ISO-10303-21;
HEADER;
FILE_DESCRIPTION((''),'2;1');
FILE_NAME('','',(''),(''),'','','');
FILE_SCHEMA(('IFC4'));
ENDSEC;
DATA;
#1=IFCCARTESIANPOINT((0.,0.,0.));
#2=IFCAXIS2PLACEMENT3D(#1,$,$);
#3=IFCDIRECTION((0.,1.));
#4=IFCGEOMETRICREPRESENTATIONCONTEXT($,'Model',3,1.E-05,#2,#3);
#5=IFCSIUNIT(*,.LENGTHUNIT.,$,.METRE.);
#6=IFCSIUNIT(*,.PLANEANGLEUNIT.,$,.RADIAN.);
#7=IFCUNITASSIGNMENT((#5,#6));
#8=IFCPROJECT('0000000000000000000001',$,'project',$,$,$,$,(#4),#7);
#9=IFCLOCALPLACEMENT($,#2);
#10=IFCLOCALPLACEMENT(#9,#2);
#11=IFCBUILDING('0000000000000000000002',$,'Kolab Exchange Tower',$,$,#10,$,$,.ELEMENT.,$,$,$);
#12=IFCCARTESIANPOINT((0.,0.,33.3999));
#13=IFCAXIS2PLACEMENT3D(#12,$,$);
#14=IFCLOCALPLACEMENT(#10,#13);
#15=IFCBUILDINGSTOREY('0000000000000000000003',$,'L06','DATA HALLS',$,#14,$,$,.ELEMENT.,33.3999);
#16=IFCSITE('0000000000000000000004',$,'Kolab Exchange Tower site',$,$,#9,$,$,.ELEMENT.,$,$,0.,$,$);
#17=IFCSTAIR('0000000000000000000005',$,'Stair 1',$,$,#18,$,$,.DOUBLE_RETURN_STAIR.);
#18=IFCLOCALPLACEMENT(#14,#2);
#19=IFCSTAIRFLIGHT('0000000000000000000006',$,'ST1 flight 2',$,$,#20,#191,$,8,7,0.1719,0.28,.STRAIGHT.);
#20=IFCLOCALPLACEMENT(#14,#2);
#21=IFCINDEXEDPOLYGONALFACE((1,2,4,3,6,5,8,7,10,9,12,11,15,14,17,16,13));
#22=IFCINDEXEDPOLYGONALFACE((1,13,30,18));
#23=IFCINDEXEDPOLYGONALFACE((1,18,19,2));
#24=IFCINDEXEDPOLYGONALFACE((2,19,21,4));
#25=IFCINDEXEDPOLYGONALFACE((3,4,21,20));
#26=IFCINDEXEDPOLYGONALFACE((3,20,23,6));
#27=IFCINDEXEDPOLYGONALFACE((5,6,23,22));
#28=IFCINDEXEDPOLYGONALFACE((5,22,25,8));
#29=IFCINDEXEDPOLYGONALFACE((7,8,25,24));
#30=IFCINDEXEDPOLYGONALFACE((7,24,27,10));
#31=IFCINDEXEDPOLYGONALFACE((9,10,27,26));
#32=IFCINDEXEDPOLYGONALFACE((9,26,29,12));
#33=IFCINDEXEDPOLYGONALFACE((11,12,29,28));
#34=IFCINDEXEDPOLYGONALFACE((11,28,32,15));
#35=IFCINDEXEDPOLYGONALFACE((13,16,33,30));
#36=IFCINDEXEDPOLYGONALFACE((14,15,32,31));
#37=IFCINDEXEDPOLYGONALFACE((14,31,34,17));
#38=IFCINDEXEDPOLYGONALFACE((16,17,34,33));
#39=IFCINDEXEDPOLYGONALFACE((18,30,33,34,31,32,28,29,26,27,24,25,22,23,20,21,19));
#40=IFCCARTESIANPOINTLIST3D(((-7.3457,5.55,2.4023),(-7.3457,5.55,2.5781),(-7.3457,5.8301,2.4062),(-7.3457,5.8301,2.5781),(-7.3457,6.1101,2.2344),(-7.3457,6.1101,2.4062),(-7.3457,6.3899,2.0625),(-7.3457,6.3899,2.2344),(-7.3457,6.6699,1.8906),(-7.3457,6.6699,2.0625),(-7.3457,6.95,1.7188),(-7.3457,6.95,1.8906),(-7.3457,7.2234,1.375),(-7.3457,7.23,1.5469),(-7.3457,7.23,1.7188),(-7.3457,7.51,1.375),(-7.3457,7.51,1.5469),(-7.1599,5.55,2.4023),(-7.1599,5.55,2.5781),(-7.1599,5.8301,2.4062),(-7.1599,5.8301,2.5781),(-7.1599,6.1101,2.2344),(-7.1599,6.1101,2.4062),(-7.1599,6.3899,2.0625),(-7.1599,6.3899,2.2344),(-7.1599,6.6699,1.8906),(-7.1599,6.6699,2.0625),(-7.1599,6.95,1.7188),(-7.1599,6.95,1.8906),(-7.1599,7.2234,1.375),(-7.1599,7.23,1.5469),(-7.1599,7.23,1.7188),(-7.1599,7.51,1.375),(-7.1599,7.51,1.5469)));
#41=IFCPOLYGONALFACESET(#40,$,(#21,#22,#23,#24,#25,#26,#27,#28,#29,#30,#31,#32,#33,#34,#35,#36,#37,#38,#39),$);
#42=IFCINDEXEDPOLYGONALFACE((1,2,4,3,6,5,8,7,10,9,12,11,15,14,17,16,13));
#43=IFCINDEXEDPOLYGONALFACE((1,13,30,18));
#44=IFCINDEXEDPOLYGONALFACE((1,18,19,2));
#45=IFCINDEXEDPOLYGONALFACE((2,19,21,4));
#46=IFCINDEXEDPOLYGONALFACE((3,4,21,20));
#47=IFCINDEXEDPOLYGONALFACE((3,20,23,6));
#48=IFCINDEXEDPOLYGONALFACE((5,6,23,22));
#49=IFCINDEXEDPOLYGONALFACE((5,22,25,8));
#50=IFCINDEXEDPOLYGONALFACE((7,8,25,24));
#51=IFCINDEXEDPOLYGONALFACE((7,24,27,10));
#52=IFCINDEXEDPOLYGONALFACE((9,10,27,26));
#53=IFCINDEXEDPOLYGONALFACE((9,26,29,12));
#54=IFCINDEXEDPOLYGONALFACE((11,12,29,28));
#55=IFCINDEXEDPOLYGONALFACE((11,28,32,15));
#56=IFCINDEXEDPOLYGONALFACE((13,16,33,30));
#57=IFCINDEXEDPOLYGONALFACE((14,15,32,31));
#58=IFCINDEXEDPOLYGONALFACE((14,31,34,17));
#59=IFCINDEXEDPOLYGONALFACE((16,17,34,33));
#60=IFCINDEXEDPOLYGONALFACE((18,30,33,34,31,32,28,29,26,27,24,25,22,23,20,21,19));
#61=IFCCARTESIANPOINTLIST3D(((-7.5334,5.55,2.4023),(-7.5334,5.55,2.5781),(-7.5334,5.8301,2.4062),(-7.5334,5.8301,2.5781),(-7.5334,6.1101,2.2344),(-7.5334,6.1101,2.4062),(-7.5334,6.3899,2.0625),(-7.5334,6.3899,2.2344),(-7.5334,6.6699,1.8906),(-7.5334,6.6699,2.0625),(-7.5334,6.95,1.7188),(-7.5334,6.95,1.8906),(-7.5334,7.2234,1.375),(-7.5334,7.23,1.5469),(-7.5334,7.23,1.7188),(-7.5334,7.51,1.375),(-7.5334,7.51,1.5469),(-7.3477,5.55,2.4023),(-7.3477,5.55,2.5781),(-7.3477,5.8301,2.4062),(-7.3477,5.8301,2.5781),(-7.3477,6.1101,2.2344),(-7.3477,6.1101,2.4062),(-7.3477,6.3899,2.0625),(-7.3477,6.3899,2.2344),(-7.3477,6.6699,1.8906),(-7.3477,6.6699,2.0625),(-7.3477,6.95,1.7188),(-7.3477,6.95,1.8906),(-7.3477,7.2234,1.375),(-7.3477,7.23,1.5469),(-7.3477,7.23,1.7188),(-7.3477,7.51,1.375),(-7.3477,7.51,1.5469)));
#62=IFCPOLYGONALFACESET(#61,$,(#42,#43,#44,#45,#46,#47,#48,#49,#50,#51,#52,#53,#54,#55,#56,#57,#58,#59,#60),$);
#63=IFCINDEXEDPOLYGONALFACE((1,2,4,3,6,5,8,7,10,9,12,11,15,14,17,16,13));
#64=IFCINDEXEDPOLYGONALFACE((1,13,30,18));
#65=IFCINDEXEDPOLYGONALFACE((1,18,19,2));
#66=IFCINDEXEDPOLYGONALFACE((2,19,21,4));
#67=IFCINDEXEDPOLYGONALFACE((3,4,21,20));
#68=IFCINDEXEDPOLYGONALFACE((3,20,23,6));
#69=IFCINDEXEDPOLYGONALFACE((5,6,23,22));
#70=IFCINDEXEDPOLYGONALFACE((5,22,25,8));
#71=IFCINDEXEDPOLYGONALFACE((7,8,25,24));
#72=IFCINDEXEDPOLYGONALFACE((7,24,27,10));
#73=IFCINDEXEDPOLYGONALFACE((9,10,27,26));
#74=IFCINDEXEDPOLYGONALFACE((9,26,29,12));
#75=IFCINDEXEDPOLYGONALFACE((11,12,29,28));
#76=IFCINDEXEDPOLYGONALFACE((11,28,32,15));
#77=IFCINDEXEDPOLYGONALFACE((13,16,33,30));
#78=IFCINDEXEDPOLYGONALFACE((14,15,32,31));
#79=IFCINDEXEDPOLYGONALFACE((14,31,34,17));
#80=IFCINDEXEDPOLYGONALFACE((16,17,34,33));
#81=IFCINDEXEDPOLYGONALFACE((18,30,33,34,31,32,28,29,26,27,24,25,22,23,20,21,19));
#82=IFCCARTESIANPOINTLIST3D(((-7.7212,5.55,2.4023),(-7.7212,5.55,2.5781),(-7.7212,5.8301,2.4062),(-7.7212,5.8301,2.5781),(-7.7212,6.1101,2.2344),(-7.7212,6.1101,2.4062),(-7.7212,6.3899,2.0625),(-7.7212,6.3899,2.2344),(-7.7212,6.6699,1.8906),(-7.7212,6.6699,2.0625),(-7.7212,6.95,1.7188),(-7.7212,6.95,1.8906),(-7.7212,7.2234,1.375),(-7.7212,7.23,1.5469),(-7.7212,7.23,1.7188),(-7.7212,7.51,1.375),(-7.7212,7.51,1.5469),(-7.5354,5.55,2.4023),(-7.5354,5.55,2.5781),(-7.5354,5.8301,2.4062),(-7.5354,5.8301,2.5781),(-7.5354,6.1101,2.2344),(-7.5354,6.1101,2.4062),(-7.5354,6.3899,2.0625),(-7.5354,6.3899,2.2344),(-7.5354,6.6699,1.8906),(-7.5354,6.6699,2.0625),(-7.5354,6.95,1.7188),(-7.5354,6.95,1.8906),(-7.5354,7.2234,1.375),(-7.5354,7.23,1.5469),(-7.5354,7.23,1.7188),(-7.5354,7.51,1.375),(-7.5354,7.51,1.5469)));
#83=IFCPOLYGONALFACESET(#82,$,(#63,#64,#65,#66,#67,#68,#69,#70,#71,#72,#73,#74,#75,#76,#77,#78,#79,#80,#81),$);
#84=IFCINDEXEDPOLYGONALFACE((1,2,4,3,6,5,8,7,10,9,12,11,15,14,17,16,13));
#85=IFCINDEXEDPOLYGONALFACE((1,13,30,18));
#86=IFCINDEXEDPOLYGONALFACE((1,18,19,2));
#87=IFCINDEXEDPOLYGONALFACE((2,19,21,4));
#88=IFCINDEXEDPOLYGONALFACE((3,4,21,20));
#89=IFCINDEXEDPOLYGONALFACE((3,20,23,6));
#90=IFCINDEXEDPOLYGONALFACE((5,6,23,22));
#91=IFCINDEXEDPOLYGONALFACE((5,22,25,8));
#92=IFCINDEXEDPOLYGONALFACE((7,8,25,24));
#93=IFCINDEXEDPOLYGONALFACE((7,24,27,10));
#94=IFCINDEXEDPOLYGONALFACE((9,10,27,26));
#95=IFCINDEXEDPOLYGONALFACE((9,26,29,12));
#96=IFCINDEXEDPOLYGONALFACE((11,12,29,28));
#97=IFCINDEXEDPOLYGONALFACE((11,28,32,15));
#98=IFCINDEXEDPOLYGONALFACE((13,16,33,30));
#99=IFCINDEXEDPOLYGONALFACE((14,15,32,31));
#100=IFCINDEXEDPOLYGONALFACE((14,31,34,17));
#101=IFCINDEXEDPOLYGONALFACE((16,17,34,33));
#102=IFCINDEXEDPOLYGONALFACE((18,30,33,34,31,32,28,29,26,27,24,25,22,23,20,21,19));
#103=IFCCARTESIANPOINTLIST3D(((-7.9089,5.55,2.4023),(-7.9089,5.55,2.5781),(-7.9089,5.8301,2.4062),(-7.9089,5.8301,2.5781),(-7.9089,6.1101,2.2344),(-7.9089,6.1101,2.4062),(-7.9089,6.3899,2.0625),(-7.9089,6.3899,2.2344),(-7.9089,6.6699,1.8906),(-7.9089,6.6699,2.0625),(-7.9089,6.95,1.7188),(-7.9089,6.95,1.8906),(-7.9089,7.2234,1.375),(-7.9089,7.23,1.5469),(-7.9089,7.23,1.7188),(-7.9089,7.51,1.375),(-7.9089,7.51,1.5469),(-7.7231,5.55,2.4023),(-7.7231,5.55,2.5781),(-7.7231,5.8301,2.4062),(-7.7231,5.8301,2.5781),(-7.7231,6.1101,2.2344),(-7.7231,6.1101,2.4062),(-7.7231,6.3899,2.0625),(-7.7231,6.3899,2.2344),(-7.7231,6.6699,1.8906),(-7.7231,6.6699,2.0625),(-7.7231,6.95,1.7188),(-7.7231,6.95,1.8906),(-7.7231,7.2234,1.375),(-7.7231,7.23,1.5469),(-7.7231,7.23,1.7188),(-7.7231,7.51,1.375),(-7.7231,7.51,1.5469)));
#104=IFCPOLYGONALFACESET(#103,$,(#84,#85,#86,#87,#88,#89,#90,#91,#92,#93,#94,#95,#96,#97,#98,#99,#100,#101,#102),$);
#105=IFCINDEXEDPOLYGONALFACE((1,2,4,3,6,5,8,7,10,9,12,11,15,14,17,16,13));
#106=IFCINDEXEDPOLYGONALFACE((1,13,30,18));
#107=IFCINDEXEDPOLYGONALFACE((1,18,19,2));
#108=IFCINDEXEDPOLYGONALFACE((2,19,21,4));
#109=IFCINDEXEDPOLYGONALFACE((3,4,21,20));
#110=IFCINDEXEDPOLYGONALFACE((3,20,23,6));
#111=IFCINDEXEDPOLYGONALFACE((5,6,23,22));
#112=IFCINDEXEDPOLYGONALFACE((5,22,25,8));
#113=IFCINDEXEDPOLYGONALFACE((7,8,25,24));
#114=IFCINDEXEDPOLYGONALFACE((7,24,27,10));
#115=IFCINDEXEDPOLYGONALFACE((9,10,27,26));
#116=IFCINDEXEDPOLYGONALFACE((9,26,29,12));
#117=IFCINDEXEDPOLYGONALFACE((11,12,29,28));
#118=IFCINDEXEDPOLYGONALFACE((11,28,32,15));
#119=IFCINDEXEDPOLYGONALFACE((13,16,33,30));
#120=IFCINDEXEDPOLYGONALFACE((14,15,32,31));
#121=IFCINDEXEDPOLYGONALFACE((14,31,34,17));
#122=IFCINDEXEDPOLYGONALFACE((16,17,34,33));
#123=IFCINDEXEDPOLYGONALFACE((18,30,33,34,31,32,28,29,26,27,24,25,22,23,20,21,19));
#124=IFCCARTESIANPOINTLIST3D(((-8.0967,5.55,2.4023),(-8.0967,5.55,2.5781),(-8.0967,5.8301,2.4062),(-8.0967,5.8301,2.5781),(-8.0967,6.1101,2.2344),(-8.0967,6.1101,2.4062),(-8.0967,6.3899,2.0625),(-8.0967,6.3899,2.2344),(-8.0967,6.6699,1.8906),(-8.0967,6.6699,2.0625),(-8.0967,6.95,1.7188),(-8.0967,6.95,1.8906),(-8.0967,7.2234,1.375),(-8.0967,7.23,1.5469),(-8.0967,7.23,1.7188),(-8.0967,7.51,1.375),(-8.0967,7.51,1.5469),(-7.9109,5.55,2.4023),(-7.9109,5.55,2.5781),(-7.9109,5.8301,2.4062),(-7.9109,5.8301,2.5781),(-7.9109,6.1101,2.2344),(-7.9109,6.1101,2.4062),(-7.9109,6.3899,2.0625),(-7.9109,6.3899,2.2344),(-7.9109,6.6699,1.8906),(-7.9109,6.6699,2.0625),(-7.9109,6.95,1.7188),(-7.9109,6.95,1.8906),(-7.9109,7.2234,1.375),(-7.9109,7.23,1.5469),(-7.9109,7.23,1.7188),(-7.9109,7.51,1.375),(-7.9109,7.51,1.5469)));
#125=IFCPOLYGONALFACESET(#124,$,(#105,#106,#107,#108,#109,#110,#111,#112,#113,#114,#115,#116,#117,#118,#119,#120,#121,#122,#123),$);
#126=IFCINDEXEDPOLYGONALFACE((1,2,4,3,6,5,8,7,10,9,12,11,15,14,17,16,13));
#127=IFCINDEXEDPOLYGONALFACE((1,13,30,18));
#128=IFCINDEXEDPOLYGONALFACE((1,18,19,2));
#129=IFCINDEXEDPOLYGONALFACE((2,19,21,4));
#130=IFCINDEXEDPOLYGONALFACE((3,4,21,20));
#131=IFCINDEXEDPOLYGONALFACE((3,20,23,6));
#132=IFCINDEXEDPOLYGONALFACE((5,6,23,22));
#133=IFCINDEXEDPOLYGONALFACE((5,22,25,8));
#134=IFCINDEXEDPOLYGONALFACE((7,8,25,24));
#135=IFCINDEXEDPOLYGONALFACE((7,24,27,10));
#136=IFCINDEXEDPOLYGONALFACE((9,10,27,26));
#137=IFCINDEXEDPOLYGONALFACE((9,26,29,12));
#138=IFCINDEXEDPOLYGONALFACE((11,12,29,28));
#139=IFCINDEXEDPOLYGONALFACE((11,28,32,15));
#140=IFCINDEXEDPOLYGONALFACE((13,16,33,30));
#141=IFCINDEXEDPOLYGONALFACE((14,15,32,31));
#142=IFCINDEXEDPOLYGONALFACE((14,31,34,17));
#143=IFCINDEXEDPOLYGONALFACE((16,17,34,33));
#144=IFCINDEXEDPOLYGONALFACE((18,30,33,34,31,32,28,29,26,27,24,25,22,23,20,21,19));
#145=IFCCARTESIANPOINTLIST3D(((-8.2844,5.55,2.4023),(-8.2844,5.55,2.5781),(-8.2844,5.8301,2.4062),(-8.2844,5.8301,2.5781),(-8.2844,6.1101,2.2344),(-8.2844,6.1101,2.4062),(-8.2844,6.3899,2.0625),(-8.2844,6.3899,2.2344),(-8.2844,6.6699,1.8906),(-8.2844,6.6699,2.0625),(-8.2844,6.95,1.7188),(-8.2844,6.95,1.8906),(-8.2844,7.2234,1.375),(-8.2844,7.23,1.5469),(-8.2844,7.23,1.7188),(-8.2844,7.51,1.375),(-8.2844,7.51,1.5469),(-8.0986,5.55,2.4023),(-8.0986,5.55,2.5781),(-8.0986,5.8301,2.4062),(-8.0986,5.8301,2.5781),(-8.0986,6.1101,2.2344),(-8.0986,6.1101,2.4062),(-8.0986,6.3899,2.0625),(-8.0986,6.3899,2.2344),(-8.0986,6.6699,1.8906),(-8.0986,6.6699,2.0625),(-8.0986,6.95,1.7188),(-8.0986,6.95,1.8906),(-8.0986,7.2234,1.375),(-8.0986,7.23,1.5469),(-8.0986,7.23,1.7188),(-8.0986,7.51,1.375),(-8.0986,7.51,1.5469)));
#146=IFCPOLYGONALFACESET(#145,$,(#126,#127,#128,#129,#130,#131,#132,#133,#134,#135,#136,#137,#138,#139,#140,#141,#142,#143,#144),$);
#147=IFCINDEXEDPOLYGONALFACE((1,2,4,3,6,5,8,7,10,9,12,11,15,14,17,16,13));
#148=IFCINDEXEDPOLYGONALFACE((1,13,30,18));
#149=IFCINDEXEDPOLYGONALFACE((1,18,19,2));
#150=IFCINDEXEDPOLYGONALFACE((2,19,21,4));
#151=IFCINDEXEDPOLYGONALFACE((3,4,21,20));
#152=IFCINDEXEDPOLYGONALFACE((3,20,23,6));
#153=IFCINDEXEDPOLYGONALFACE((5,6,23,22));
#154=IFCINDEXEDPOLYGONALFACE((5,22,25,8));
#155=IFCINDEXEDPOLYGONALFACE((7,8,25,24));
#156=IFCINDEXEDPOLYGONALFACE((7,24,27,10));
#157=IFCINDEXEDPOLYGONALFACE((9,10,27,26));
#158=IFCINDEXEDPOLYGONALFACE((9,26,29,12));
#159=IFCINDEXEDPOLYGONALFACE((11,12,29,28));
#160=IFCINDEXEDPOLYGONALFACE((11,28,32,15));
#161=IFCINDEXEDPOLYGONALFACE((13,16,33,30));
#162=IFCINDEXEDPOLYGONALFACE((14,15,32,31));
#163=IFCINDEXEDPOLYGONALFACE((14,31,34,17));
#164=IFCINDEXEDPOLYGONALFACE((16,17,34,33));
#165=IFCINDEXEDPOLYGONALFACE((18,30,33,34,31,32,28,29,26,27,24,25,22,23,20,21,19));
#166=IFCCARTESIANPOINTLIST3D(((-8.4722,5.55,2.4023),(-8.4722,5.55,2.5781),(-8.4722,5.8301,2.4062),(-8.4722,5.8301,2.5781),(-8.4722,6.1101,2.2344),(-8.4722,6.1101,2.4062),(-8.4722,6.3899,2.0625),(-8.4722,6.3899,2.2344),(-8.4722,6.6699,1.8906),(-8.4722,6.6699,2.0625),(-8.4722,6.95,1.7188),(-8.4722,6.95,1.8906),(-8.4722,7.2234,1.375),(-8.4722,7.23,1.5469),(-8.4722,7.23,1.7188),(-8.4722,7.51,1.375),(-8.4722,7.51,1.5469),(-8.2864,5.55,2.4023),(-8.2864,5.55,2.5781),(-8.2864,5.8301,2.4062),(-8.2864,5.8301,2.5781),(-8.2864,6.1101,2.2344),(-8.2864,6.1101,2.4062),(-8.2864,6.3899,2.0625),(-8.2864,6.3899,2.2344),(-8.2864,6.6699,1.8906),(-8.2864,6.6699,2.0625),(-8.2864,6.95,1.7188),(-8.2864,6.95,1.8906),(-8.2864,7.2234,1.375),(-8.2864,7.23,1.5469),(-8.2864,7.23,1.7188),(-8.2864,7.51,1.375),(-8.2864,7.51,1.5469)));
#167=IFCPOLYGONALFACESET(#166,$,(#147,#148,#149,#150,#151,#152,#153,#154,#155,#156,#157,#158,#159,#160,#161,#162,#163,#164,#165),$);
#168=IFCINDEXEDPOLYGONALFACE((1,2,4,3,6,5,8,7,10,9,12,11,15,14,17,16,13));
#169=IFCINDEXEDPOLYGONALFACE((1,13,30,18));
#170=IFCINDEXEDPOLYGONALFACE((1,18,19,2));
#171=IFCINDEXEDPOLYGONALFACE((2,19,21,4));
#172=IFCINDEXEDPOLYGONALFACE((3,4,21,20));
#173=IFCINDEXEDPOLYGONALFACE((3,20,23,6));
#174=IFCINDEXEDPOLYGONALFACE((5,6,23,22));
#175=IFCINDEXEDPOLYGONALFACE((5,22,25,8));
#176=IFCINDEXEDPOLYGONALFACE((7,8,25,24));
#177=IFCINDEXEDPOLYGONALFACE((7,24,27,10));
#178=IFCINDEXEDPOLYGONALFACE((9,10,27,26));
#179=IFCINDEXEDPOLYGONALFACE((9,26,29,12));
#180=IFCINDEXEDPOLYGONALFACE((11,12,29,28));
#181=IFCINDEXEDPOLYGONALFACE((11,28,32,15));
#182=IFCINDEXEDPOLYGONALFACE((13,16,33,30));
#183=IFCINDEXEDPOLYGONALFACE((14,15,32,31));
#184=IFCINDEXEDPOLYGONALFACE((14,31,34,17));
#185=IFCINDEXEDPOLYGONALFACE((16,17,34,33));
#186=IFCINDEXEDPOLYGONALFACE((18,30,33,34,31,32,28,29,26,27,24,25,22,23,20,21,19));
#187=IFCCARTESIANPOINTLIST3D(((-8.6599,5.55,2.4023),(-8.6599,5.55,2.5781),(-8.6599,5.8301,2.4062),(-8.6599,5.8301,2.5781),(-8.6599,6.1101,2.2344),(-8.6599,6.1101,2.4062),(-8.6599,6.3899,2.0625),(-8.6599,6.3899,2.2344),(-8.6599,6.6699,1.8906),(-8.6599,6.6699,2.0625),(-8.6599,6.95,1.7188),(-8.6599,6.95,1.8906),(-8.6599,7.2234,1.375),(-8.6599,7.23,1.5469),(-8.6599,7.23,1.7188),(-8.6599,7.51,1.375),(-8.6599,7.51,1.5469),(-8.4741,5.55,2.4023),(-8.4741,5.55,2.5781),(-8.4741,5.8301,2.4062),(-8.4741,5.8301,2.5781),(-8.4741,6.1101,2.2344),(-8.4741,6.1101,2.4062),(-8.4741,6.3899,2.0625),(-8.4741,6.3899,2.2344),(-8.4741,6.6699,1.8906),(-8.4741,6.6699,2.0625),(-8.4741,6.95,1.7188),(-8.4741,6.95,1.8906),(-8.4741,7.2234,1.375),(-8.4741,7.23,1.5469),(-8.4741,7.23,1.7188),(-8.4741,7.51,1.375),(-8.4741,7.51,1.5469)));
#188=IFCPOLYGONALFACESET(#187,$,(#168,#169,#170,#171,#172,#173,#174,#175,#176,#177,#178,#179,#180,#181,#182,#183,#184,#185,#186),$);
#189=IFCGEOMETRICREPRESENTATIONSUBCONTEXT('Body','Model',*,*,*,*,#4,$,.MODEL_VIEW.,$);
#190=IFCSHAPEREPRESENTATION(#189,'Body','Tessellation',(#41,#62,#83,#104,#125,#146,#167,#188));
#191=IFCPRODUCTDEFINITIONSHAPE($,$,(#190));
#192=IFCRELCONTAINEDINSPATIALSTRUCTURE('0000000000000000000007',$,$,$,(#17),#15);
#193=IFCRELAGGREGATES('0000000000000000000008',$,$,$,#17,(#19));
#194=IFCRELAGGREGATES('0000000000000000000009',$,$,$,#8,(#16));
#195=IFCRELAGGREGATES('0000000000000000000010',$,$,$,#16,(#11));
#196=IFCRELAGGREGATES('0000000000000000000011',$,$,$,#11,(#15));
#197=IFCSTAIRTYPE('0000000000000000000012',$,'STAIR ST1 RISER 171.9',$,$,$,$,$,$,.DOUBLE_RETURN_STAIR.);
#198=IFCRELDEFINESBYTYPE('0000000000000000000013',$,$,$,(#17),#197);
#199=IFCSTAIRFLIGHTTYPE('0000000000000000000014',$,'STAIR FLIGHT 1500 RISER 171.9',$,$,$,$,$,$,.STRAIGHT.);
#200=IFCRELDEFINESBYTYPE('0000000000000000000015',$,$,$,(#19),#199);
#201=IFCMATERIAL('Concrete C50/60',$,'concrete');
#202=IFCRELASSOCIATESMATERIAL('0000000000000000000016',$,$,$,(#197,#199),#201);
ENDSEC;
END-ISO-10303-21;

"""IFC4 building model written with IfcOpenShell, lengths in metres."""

from ifc_helpers import new_model, si_unit, direction, frame, origin, place, context, subcontext, project, spatial, polyline, outline, extrude, material, type_object, element, aggregate, save


model = new_model("IFC4")

# Units and contexts
model_context = context("Model", 3, precision=1e-05, world=origin(), true_north=direction((0.0, 1.0)))
body_context = subcontext(model_context, "Body", "Model", "MODEL_VIEW")
ifc_project = project(units=[si_unit("LENGTHUNIT", "METRE"), si_unit("PLANEANGLEUNIT", "RADIAN")], contexts=[model_context])

# Site, building, storey
site_placement = place(None, origin())
site = spatial("IfcSite", under=ifc_project, at=site_placement, Name="Kolab Exchange Tower site", CompositionType="ELEMENT", RefElevation=0.0)
building_placement = place(site_placement, origin())
building = spatial("IfcBuilding", under=site, at=building_placement, Name="Kolab Exchange Tower", CompositionType="ELEMENT")
storey_placement = place(building_placement, frame((0.0, 0.0, 33.3999)))
storey = spatial("IfcBuildingStorey", under=building, at=storey_placement, Name="L06", Description="DATA HALLS", CompositionType="ELEMENT", Elevation=33.3999)

# Shared definitions
ifc_material_1 = material(Name="Concrete C50/60", Category="concrete")

# Stair, stair flight
stair_type = type_object("IfcStairType", Name="STAIR ST1 RISER 171.9", PredefinedType="DOUBLE_RETURN_STAIR", material=ifc_material_1)
stair_placement = place(storey_placement, origin())
stair = element("IfcStair", 1, at=stair_placement, inside=storey, type_object=stair_type, Name="Stair 1", PredefinedType="DOUBLE_RETURN_STAIR")
stair_flight_type = type_object("IfcStairFlightType", Name="STAIR FLIGHT 1500 RISER 171.9", PredefinedType="STRAIGHT", material=ifc_material_1)
stair_flight_1_placement = place(storey_placement, frame((-7.9099, 7.51, 1.375), z_axis=(0.0, 0.0, 1.0), x_axis=(0.0, -1.0, 0.0)))
stair_flight_1 = element("IfcStairFlight", 2, at=stair_flight_1_placement, type_object=stair_flight_type, Name="ST1 flight 2", NumberOfRisers=8, NumberOfTreads=7, PredefinedType="STRAIGHT", RiserHeight=0.1719, TreadLength=0.28, context=body_context, shape_type="SweptSolid", body=[
    extrude(outline(polyline([(0.0, 0.0), (0.0, 0.1719), (0.28, 0.1719), (0.28, 0.3438), (0.5601, 0.3438), (0.5601, 0.5156), (0.8401, 0.5156), (0.8401, 0.6875), (1.1201, 0.6875), (1.1201, 0.8594), (1.3999, 0.8594), (1.3999, 1.0312), (1.6799, 1.0312), (1.6799, 1.2031), (1.96, 1.2031), (1.96, 1.375), (1.96, 1.0273), (0.2866, 0.0), (0.0, 0.0)])), frame((0.0, 0.75, 0.0), z_axis=(0.0, -1.0, 0.0), x_axis=(1.0, 0.0, 0.0)), (0.0, 0.0, 1.0), 0.1858),
    extrude(outline(polyline([(0.0, 0.0), (0.0, 0.1719), (0.28, 0.1719), (0.28, 0.3438), (0.5601, 0.3438), (0.5601, 0.5156), (0.8401, 0.5156), (0.8401, 0.6875), (1.1201, 0.6875), (1.1201, 0.8594), (1.3999, 0.8594), (1.3999, 1.0312), (1.6799, 1.0312), (1.6799, 1.2031), (1.96, 1.2031), (1.96, 1.375), (1.96, 1.0273), (0.2866, 0.0), (0.0, 0.0)])), frame((0.0, 0.5623, 0.0), z_axis=(0.0, -1.0, 0.0), x_axis=(1.0, 0.0, 0.0)), (0.0, 0.0, 1.0), 0.1858),
    extrude(outline(polyline([(0.0, 0.0), (0.0, 0.1719), (0.28, 0.1719), (0.28, 0.3438), (0.5601, 0.3438), (0.5601, 0.5156), (0.8401, 0.5156), (0.8401, 0.6875), (1.1201, 0.6875), (1.1201, 0.8594), (1.3999, 0.8594), (1.3999, 1.0312), (1.6799, 1.0312), (1.6799, 1.2031), (1.96, 1.2031), (1.96, 1.375), (1.96, 1.0273), (0.2866, 0.0), (0.0, 0.0)])), frame((0.0, 0.3745, 0.0), z_axis=(0.0, -1.0, 0.0), x_axis=(1.0, 0.0, 0.0)), (0.0, 0.0, 1.0), 0.1858),
    extrude(outline(polyline([(0.0, 0.0), (0.0, 0.1719), (0.28, 0.1719), (0.28, 0.3438), (0.5601, 0.3438), (0.5601, 0.5156), (0.8401, 0.5156), (0.8401, 0.6875), (1.1201, 0.6875), (1.1201, 0.8594), (1.3999, 0.8594), (1.3999, 1.0312), (1.6799, 1.0312), (1.6799, 1.2031), (1.96, 1.2031), (1.96, 1.375), (1.96, 1.0273), (0.2866, 0.0), (0.0, 0.0)])), frame((0.0, 0.1868, 0.0), z_axis=(0.0, -1.0, 0.0), x_axis=(1.0, 0.0, 0.0)), (0.0, 0.0, 1.0), 0.1858),
    extrude(outline(polyline([(0.0, 0.0), (0.0, 0.1719), (0.28, 0.1719), (0.28, 0.3438), (0.5601, 0.3438), (0.5601, 0.5156), (0.8401, 0.5156), (0.8401, 0.6875), (1.1201, 0.6875), (1.1201, 0.8594), (1.3999, 0.8594), (1.3999, 1.0312), (1.6799, 1.0312), (1.6799, 1.2031), (1.96, 1.2031), (1.96, 1.375), (1.96, 1.0273), (0.2866, 0.0), (0.0, 0.0)])), frame((0.0, -0.001, 0.0), z_axis=(0.0, -1.0, 0.0), x_axis=(1.0, 0.0, 0.0)), (0.0, 0.0, 1.0), 0.1858),
    extrude(outline(polyline([(0.0, 0.0), (0.0, 0.1719), (0.28, 0.1719), (0.28, 0.3438), (0.5601, 0.3438), (0.5601, 0.5156), (0.8401, 0.5156), (0.8401, 0.6875), (1.1201, 0.6875), (1.1201, 0.8594), (1.3999, 0.8594), (1.3999, 1.0312), (1.6799, 1.0312), (1.6799, 1.2031), (1.96, 1.2031), (1.96, 1.375), (1.96, 1.0273), (0.2866, 0.0), (0.0, 0.0)])), frame((0.0, -0.1887, 0.0), z_axis=(0.0, -1.0, 0.0), x_axis=(1.0, 0.0, 0.0)), (0.0, 0.0, 1.0), 0.1858),
    extrude(outline(polyline([(0.0, 0.0), (0.0, 0.1719), (0.28, 0.1719), (0.28, 0.3438), (0.5601, 0.3438), (0.5601, 0.5156), (0.8401, 0.5156), (0.8401, 0.6875), (1.1201, 0.6875), (1.1201, 0.8594), (1.3999, 0.8594), (1.3999, 1.0312), (1.6799, 1.0312), (1.6799, 1.2031), (1.96, 1.2031), (1.96, 1.375), (1.96, 1.0273), (0.2866, 0.0), (0.0, 0.0)])), frame((0.0, -0.3765, 0.0), z_axis=(0.0, -1.0, 0.0), x_axis=(1.0, 0.0, 0.0)), (0.0, 0.0, 1.0), 0.1858),
    extrude(outline(polyline([(0.0, 0.0), (0.0, 0.1719), (0.28, 0.1719), (0.28, 0.3438), (0.5601, 0.3438), (0.5601, 0.5156), (0.8401, 0.5156), (0.8401, 0.6875), (1.1201, 0.6875), (1.1201, 0.8594), (1.3999, 0.8594), (1.3999, 1.0312), (1.6799, 1.0312), (1.6799, 1.2031), (1.96, 1.2031), (1.96, 1.375), (1.96, 1.0273), (0.2866, 0.0), (0.0, 0.0)])), frame((0.0, -0.5642, 0.0), z_axis=(0.0, -1.0, 0.0), x_axis=(1.0, 0.0, 0.0)), (0.0, 0.0, 1.0), 0.1858),
])
aggregate(stair, [stair_flight_1])

save(model, "model.ifc")
